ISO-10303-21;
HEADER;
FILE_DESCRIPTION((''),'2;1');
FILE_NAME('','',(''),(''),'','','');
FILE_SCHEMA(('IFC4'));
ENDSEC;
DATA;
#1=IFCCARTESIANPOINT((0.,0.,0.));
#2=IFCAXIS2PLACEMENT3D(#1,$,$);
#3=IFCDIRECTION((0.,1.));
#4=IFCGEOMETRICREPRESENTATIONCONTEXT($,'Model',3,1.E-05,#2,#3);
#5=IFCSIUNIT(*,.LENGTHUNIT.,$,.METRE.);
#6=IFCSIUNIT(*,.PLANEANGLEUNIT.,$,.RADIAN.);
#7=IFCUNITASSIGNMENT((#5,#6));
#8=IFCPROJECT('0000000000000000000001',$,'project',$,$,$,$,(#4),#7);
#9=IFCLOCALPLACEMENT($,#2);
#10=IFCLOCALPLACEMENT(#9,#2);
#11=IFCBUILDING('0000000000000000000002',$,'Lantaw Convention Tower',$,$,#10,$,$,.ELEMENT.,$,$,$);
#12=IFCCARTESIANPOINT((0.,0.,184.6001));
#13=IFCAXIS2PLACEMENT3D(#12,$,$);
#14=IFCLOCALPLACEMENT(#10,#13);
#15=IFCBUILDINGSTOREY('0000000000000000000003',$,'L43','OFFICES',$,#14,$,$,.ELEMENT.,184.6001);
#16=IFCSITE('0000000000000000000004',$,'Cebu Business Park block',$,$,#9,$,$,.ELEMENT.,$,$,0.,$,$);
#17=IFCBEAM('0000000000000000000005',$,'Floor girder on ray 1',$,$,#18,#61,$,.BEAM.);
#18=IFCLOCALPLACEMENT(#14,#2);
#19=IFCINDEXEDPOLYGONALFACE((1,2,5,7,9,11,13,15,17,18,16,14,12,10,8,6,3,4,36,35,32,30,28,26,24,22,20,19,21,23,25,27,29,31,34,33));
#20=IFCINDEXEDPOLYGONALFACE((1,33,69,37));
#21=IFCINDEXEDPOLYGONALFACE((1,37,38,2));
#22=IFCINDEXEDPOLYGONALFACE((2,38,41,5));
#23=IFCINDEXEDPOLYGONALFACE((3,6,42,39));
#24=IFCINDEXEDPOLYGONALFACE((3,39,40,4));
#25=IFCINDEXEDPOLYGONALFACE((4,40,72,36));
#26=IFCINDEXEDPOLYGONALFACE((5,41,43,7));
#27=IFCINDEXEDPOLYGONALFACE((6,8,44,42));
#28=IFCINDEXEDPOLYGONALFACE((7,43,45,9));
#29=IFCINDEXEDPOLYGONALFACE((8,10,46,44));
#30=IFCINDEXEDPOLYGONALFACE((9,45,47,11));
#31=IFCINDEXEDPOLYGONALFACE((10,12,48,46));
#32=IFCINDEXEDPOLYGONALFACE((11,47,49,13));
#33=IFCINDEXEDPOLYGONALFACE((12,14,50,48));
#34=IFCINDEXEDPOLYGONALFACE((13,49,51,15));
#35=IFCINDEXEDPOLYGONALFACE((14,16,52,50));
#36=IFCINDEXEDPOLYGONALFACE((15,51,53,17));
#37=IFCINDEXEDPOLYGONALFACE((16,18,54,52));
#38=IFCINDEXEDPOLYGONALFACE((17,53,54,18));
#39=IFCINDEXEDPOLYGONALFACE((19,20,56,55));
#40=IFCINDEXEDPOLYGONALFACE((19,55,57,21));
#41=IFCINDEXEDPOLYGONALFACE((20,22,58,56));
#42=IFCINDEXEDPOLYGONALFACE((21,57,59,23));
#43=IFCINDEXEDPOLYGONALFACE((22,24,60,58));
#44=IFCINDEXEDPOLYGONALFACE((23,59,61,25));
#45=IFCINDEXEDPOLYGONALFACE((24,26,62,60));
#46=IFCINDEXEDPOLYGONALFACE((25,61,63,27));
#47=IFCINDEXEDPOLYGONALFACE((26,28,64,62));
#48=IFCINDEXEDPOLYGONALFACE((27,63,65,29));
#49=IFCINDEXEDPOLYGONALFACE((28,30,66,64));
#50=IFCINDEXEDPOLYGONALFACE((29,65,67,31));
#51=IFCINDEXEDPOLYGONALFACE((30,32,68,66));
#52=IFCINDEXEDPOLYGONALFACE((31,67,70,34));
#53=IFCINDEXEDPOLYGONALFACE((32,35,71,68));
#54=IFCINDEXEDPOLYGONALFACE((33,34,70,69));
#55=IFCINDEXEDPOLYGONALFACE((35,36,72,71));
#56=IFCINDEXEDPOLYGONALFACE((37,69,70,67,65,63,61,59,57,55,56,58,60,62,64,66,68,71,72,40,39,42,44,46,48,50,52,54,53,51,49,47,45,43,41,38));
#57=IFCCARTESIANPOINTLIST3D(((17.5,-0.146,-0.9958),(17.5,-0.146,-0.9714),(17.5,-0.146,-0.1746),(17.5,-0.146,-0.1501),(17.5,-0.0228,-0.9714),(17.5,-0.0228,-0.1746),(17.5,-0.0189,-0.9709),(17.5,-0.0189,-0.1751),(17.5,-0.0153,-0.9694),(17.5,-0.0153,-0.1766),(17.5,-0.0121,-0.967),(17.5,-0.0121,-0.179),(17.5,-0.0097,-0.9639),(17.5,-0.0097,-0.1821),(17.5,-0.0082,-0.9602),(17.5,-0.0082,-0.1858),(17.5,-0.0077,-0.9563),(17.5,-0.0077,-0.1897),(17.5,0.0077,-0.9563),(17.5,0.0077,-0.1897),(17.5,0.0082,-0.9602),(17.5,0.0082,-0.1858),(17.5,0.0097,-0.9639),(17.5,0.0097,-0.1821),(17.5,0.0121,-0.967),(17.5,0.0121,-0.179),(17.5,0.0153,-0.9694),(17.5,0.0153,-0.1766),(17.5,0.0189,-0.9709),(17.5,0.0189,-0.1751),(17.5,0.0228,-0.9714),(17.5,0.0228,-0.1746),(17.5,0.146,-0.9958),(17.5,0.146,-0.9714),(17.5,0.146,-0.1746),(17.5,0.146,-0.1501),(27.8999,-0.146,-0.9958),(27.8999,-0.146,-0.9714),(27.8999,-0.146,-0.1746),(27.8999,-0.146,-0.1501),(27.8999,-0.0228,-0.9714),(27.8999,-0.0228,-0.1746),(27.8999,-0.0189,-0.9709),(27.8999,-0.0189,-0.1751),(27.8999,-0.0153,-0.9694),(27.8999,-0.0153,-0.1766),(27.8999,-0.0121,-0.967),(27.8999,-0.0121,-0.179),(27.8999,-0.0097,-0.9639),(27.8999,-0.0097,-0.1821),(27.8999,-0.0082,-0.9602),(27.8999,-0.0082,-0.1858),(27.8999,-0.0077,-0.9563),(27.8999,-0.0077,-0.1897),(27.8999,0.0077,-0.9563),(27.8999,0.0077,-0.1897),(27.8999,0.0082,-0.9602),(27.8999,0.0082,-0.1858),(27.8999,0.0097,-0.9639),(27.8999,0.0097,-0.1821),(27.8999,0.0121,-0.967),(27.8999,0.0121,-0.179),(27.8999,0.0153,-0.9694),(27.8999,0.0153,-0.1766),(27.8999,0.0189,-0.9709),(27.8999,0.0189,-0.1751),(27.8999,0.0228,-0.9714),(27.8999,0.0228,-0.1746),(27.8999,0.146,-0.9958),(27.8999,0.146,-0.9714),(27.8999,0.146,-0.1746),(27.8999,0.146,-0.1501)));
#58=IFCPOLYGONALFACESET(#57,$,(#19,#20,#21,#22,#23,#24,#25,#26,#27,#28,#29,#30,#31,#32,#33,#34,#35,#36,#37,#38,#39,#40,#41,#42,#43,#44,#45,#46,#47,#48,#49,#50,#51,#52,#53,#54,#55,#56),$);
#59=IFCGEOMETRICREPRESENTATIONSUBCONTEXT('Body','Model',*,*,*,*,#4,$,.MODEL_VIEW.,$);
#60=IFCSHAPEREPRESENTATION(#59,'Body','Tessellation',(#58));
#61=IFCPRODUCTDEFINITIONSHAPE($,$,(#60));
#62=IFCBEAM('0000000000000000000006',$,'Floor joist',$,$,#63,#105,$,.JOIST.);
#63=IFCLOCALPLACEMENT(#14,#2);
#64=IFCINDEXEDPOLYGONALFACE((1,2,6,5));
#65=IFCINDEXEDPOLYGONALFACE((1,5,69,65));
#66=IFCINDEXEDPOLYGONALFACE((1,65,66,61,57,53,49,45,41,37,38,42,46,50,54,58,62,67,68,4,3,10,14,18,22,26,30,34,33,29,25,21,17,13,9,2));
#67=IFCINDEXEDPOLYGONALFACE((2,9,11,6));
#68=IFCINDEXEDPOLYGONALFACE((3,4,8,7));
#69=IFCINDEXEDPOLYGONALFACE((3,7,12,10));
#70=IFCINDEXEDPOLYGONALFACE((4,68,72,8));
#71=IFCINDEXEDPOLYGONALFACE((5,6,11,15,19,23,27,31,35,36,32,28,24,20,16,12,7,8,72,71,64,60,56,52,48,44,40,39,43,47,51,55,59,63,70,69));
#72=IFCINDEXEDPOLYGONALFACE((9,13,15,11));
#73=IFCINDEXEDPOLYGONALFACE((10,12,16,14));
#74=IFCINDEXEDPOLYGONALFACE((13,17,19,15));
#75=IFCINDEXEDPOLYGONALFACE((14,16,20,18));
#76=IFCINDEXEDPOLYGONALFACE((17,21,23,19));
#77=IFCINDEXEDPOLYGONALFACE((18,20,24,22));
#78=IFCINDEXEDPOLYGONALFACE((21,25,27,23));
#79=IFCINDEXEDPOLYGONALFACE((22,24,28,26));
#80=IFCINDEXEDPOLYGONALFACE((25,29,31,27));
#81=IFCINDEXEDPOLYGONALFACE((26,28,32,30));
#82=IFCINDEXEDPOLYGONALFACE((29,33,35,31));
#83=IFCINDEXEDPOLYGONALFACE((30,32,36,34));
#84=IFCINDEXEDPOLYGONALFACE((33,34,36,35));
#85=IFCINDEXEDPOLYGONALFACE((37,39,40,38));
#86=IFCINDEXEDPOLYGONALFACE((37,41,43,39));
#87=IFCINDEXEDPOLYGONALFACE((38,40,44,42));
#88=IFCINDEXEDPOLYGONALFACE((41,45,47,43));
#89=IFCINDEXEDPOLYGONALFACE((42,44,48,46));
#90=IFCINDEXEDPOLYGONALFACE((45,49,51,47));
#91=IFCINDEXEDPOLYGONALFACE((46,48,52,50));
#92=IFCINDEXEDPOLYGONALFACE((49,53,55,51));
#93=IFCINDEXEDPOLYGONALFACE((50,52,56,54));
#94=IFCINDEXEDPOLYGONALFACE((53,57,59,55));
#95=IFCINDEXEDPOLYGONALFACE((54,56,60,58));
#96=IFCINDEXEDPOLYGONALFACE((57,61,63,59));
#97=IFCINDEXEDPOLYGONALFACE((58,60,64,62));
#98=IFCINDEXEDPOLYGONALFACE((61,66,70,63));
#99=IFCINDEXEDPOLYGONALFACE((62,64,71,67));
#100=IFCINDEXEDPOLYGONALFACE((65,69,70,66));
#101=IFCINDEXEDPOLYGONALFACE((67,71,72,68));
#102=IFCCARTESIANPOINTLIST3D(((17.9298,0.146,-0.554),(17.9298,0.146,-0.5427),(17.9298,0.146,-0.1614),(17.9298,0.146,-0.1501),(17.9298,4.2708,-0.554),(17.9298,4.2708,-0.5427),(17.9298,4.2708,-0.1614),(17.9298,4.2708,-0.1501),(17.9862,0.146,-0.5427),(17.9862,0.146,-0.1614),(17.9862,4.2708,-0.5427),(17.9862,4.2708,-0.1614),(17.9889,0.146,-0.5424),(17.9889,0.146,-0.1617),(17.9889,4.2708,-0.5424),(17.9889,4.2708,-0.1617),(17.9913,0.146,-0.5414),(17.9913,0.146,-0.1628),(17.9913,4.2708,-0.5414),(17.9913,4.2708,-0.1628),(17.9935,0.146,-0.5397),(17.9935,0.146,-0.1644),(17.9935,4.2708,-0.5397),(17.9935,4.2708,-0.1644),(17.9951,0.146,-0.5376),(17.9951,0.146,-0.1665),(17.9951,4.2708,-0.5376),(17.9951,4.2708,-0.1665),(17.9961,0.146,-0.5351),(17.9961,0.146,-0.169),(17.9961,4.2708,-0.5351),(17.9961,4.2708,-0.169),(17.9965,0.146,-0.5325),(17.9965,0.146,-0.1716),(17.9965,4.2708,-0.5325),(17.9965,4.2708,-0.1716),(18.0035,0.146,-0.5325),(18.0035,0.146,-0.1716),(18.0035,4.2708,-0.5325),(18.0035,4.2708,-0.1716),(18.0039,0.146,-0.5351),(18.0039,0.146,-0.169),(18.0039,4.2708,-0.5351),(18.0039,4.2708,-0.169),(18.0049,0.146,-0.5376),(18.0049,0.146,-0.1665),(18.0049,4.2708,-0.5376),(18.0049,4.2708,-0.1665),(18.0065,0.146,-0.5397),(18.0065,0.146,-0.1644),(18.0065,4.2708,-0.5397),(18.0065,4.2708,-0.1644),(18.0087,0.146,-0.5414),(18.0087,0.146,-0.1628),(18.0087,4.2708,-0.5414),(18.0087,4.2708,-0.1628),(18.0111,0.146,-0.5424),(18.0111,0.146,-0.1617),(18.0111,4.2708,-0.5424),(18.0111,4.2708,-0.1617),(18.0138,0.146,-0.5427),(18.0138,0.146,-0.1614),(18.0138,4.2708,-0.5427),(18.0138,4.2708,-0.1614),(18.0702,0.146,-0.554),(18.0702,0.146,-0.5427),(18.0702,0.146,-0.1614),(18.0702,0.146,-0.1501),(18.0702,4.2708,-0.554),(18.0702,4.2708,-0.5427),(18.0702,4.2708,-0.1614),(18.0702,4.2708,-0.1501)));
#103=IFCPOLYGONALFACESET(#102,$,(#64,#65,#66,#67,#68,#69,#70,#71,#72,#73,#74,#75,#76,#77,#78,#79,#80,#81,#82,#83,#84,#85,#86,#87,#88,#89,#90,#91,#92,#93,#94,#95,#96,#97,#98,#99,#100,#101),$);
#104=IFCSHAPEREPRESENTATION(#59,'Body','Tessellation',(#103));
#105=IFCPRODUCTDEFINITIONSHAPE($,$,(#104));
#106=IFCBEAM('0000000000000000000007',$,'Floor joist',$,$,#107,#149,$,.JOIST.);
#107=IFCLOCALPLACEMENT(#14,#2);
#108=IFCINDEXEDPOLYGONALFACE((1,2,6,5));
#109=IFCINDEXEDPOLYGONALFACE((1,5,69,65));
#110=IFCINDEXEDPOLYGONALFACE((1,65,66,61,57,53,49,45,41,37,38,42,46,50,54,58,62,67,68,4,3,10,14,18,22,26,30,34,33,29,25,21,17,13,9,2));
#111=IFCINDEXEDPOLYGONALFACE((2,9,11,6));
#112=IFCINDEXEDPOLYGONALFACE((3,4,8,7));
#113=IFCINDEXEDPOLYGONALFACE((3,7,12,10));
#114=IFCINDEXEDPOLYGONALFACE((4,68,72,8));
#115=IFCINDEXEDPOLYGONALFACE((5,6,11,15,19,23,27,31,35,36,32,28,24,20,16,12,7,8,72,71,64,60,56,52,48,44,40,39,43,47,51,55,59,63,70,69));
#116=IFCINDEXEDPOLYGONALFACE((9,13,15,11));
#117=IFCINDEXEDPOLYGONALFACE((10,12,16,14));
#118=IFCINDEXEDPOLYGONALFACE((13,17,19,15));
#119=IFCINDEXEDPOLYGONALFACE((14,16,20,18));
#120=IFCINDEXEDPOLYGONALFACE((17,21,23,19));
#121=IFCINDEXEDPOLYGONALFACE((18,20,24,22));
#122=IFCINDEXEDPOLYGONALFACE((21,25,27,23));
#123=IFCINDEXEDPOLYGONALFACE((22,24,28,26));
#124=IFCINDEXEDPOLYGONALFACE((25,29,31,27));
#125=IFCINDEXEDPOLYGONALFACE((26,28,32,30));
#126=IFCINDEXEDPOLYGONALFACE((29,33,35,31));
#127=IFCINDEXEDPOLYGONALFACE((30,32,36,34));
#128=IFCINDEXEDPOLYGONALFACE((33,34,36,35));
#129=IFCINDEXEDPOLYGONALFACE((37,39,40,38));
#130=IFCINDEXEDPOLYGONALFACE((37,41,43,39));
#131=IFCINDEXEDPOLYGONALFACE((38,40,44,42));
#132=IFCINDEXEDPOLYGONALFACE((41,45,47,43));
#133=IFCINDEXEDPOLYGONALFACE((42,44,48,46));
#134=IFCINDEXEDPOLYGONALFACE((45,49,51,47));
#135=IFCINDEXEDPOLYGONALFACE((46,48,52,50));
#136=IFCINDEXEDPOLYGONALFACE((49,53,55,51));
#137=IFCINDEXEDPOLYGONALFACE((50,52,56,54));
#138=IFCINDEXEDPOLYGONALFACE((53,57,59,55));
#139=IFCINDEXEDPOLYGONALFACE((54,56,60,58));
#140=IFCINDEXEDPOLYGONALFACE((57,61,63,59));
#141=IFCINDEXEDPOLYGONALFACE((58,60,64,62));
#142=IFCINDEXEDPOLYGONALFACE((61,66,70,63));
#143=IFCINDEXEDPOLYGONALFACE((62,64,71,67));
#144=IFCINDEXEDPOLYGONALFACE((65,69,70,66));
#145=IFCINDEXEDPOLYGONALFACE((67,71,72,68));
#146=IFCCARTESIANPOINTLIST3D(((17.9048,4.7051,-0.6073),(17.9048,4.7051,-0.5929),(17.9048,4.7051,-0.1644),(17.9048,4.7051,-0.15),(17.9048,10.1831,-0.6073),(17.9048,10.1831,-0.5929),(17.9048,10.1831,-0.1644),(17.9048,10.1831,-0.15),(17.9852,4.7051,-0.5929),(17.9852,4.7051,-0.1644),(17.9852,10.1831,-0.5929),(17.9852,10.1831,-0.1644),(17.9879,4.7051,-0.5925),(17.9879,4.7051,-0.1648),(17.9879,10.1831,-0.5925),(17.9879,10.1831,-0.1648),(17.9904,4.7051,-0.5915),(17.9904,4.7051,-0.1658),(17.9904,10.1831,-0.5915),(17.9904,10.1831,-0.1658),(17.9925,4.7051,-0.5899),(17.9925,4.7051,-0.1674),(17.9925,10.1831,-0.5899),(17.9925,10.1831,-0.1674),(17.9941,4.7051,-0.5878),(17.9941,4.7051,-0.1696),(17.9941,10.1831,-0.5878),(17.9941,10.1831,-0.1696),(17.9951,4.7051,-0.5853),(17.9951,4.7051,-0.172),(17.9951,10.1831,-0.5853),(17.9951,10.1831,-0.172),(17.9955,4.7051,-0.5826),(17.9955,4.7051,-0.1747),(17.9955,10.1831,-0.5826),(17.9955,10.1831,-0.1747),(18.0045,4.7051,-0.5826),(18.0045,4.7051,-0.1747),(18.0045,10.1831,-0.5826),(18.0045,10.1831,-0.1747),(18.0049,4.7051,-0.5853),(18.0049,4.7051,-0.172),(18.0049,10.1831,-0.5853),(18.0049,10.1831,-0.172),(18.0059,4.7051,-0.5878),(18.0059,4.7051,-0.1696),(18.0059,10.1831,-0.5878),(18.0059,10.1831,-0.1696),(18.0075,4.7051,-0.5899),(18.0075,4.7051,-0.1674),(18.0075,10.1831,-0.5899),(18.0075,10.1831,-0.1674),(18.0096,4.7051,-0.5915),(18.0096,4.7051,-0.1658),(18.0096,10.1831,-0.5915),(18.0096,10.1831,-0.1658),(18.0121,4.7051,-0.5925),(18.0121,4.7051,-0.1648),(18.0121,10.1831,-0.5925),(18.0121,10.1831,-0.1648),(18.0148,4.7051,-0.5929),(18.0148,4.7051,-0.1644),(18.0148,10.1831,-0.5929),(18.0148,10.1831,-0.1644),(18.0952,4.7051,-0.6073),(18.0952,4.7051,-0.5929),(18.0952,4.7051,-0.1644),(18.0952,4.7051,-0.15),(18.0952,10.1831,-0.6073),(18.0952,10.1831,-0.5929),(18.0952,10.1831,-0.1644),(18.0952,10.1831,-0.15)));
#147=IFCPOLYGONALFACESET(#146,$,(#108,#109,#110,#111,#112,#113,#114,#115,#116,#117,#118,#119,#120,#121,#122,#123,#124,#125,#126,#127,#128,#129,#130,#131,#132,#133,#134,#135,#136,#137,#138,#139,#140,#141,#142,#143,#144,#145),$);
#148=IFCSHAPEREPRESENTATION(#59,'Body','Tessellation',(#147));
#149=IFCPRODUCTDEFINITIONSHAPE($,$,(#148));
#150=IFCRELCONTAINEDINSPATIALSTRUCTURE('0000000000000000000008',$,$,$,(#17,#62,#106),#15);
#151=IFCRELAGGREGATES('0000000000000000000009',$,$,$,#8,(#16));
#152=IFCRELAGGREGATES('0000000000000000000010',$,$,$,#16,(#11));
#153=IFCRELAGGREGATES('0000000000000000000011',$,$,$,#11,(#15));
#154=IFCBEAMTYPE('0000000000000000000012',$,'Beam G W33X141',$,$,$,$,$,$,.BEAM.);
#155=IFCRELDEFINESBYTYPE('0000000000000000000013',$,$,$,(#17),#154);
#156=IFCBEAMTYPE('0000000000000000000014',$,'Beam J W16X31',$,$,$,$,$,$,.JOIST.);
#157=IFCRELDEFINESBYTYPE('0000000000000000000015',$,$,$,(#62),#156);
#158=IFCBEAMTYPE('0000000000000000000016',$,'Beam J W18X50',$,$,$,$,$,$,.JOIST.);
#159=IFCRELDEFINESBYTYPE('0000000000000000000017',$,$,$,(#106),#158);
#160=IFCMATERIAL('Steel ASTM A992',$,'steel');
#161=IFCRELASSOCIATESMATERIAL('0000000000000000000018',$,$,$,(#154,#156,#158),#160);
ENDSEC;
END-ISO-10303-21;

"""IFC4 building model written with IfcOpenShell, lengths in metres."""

from ifc_helpers import new_model, si_unit, direction, frame, origin, origin_2d, place, context, subcontext, project, spatial, i_section, extrude, material, material_profile, profile_set, type_object, element, save


model = new_model("IFC4")

# Units and contexts
model_context = context("Model", 3, precision=1e-05, world=origin(), true_north=direction((0.0, 1.0)))
body_context = subcontext(model_context, "Body", "Model", "MODEL_VIEW")
ifc_project = project(units=[si_unit("LENGTHUNIT", "METRE"), si_unit("PLANEANGLEUNIT", "RADIAN")], contexts=[model_context])

# Site, building, storey
site_placement = place(None, origin())
site = spatial("IfcSite", under=ifc_project, at=site_placement, Name="Cebu Business Park block", CompositionType="ELEMENT", RefElevation=0.0)
building_placement = place(site_placement, origin())
building = spatial("IfcBuilding", under=site, at=building_placement, Name="Lantaw Convention Tower", CompositionType="ELEMENT")
storey_placement = place(building_placement, frame((0.0, 0.0, 184.6001)))
storey = spatial("IfcBuildingStorey", under=building, at=storey_placement, Name="L43", Description="OFFICES", CompositionType="ELEMENT", Elevation=184.6001)

# Beams
ifc_material_1 = material(Name="Steel ASTM A992", Category="steel")
ifc_material_profile_1 = material_profile(ifc_material_1, i_section(OverallWidth=0.292, OverallDepth=0.8457, WebThickness=0.0154, FlangeThickness=0.0244, FilletRadius=0.0151, at=origin_2d()), Name="W33X141")
ifc_profile_set_1 = profile_set([ifc_material_profile_1], Name="Steel ASTM A992")
beam_type_1 = type_object("IfcBeamType", Name="Beam G W33X141", PredefinedType="BEAM", material=ifc_profile_set_1)
beam_1_placement = place(storey_placement, frame((17.5, 0.0, -0.573), z_axis=(1.0, 0.0, 0.0), x_axis=(0.0, 1.0, 0.0)))
element("IfcBeam", 1, at=beam_1_placement, inside=storey, type_object=beam_type_1, Name="Floor girder on ray 1", PredefinedType="BEAM", context=body_context, shape_type="SweptSolid", body=[
    extrude(i_section(OverallWidth=0.292, OverallDepth=0.8457, WebThickness=0.0154, FlangeThickness=0.0244, FilletRadius=0.0151, at=origin_2d()), origin(), (0.0, 0.0, 1.0), 10.3999),
])
ifc_material_profile_2 = material_profile(ifc_material_1, i_section(OverallWidth=0.1404, OverallDepth=0.4038, WebThickness=0.0071, FlangeThickness=0.0112, FilletRadius=0.0103, at=origin_2d()), Name="W16X31")
ifc_profile_set_2 = profile_set([ifc_material_profile_2], Name="Steel ASTM A992")
beam_type_2 = type_object("IfcBeamType", Name="Beam J W16X31", PredefinedType="JOIST", material=ifc_profile_set_2)
beam_2_placement = place(storey_placement, frame((18.0, 0.146, -0.3521), z_axis=(0.0, 1.0, 0.0), x_axis=(-1.0, 0.0, 0.0)))
element("IfcBeam", 2, at=beam_2_placement, inside=storey, type_object=beam_type_2, Name="Floor joist", PredefinedType="JOIST", context=body_context, shape_type="SweptSolid", body=[
    extrude(i_section(OverallWidth=0.1404, OverallDepth=0.4038, WebThickness=0.0071, FlangeThickness=0.0112, FilletRadius=0.0103, at=origin_2d()), origin(), (0.0, 0.0, 1.0), 4.1248),
])
ifc_material_profile_3 = material_profile(ifc_material_1, i_section(OverallWidth=0.1904, OverallDepth=0.4573, WebThickness=0.009, FlangeThickness=0.0144, FilletRadius=0.0103, at=origin_2d()), Name="W18X50")
ifc_profile_set_3 = profile_set([ifc_material_profile_3], Name="Steel ASTM A992")
beam_type_3 = type_object("IfcBeamType", Name="Beam J W18X50", PredefinedType="JOIST", material=ifc_profile_set_3)
beam_3_placement = place(storey_placement, frame((18.0, 4.7051, -0.3787), z_axis=(0.0, 1.0, 0.0), x_axis=(-1.0, 0.0, 0.0)))
element("IfcBeam", 3, at=beam_3_placement, inside=storey, type_object=beam_type_3, Name="Floor joist", PredefinedType="JOIST", context=body_context, shape_type="SweptSolid", body=[
    extrude(i_section(OverallWidth=0.1904, OverallDepth=0.4573, WebThickness=0.009, FlangeThickness=0.0144, FilletRadius=0.0103, at=origin_2d()), origin(), (0.0, 0.0, 1.0), 5.478),
])

save(model, "model.ifc")
